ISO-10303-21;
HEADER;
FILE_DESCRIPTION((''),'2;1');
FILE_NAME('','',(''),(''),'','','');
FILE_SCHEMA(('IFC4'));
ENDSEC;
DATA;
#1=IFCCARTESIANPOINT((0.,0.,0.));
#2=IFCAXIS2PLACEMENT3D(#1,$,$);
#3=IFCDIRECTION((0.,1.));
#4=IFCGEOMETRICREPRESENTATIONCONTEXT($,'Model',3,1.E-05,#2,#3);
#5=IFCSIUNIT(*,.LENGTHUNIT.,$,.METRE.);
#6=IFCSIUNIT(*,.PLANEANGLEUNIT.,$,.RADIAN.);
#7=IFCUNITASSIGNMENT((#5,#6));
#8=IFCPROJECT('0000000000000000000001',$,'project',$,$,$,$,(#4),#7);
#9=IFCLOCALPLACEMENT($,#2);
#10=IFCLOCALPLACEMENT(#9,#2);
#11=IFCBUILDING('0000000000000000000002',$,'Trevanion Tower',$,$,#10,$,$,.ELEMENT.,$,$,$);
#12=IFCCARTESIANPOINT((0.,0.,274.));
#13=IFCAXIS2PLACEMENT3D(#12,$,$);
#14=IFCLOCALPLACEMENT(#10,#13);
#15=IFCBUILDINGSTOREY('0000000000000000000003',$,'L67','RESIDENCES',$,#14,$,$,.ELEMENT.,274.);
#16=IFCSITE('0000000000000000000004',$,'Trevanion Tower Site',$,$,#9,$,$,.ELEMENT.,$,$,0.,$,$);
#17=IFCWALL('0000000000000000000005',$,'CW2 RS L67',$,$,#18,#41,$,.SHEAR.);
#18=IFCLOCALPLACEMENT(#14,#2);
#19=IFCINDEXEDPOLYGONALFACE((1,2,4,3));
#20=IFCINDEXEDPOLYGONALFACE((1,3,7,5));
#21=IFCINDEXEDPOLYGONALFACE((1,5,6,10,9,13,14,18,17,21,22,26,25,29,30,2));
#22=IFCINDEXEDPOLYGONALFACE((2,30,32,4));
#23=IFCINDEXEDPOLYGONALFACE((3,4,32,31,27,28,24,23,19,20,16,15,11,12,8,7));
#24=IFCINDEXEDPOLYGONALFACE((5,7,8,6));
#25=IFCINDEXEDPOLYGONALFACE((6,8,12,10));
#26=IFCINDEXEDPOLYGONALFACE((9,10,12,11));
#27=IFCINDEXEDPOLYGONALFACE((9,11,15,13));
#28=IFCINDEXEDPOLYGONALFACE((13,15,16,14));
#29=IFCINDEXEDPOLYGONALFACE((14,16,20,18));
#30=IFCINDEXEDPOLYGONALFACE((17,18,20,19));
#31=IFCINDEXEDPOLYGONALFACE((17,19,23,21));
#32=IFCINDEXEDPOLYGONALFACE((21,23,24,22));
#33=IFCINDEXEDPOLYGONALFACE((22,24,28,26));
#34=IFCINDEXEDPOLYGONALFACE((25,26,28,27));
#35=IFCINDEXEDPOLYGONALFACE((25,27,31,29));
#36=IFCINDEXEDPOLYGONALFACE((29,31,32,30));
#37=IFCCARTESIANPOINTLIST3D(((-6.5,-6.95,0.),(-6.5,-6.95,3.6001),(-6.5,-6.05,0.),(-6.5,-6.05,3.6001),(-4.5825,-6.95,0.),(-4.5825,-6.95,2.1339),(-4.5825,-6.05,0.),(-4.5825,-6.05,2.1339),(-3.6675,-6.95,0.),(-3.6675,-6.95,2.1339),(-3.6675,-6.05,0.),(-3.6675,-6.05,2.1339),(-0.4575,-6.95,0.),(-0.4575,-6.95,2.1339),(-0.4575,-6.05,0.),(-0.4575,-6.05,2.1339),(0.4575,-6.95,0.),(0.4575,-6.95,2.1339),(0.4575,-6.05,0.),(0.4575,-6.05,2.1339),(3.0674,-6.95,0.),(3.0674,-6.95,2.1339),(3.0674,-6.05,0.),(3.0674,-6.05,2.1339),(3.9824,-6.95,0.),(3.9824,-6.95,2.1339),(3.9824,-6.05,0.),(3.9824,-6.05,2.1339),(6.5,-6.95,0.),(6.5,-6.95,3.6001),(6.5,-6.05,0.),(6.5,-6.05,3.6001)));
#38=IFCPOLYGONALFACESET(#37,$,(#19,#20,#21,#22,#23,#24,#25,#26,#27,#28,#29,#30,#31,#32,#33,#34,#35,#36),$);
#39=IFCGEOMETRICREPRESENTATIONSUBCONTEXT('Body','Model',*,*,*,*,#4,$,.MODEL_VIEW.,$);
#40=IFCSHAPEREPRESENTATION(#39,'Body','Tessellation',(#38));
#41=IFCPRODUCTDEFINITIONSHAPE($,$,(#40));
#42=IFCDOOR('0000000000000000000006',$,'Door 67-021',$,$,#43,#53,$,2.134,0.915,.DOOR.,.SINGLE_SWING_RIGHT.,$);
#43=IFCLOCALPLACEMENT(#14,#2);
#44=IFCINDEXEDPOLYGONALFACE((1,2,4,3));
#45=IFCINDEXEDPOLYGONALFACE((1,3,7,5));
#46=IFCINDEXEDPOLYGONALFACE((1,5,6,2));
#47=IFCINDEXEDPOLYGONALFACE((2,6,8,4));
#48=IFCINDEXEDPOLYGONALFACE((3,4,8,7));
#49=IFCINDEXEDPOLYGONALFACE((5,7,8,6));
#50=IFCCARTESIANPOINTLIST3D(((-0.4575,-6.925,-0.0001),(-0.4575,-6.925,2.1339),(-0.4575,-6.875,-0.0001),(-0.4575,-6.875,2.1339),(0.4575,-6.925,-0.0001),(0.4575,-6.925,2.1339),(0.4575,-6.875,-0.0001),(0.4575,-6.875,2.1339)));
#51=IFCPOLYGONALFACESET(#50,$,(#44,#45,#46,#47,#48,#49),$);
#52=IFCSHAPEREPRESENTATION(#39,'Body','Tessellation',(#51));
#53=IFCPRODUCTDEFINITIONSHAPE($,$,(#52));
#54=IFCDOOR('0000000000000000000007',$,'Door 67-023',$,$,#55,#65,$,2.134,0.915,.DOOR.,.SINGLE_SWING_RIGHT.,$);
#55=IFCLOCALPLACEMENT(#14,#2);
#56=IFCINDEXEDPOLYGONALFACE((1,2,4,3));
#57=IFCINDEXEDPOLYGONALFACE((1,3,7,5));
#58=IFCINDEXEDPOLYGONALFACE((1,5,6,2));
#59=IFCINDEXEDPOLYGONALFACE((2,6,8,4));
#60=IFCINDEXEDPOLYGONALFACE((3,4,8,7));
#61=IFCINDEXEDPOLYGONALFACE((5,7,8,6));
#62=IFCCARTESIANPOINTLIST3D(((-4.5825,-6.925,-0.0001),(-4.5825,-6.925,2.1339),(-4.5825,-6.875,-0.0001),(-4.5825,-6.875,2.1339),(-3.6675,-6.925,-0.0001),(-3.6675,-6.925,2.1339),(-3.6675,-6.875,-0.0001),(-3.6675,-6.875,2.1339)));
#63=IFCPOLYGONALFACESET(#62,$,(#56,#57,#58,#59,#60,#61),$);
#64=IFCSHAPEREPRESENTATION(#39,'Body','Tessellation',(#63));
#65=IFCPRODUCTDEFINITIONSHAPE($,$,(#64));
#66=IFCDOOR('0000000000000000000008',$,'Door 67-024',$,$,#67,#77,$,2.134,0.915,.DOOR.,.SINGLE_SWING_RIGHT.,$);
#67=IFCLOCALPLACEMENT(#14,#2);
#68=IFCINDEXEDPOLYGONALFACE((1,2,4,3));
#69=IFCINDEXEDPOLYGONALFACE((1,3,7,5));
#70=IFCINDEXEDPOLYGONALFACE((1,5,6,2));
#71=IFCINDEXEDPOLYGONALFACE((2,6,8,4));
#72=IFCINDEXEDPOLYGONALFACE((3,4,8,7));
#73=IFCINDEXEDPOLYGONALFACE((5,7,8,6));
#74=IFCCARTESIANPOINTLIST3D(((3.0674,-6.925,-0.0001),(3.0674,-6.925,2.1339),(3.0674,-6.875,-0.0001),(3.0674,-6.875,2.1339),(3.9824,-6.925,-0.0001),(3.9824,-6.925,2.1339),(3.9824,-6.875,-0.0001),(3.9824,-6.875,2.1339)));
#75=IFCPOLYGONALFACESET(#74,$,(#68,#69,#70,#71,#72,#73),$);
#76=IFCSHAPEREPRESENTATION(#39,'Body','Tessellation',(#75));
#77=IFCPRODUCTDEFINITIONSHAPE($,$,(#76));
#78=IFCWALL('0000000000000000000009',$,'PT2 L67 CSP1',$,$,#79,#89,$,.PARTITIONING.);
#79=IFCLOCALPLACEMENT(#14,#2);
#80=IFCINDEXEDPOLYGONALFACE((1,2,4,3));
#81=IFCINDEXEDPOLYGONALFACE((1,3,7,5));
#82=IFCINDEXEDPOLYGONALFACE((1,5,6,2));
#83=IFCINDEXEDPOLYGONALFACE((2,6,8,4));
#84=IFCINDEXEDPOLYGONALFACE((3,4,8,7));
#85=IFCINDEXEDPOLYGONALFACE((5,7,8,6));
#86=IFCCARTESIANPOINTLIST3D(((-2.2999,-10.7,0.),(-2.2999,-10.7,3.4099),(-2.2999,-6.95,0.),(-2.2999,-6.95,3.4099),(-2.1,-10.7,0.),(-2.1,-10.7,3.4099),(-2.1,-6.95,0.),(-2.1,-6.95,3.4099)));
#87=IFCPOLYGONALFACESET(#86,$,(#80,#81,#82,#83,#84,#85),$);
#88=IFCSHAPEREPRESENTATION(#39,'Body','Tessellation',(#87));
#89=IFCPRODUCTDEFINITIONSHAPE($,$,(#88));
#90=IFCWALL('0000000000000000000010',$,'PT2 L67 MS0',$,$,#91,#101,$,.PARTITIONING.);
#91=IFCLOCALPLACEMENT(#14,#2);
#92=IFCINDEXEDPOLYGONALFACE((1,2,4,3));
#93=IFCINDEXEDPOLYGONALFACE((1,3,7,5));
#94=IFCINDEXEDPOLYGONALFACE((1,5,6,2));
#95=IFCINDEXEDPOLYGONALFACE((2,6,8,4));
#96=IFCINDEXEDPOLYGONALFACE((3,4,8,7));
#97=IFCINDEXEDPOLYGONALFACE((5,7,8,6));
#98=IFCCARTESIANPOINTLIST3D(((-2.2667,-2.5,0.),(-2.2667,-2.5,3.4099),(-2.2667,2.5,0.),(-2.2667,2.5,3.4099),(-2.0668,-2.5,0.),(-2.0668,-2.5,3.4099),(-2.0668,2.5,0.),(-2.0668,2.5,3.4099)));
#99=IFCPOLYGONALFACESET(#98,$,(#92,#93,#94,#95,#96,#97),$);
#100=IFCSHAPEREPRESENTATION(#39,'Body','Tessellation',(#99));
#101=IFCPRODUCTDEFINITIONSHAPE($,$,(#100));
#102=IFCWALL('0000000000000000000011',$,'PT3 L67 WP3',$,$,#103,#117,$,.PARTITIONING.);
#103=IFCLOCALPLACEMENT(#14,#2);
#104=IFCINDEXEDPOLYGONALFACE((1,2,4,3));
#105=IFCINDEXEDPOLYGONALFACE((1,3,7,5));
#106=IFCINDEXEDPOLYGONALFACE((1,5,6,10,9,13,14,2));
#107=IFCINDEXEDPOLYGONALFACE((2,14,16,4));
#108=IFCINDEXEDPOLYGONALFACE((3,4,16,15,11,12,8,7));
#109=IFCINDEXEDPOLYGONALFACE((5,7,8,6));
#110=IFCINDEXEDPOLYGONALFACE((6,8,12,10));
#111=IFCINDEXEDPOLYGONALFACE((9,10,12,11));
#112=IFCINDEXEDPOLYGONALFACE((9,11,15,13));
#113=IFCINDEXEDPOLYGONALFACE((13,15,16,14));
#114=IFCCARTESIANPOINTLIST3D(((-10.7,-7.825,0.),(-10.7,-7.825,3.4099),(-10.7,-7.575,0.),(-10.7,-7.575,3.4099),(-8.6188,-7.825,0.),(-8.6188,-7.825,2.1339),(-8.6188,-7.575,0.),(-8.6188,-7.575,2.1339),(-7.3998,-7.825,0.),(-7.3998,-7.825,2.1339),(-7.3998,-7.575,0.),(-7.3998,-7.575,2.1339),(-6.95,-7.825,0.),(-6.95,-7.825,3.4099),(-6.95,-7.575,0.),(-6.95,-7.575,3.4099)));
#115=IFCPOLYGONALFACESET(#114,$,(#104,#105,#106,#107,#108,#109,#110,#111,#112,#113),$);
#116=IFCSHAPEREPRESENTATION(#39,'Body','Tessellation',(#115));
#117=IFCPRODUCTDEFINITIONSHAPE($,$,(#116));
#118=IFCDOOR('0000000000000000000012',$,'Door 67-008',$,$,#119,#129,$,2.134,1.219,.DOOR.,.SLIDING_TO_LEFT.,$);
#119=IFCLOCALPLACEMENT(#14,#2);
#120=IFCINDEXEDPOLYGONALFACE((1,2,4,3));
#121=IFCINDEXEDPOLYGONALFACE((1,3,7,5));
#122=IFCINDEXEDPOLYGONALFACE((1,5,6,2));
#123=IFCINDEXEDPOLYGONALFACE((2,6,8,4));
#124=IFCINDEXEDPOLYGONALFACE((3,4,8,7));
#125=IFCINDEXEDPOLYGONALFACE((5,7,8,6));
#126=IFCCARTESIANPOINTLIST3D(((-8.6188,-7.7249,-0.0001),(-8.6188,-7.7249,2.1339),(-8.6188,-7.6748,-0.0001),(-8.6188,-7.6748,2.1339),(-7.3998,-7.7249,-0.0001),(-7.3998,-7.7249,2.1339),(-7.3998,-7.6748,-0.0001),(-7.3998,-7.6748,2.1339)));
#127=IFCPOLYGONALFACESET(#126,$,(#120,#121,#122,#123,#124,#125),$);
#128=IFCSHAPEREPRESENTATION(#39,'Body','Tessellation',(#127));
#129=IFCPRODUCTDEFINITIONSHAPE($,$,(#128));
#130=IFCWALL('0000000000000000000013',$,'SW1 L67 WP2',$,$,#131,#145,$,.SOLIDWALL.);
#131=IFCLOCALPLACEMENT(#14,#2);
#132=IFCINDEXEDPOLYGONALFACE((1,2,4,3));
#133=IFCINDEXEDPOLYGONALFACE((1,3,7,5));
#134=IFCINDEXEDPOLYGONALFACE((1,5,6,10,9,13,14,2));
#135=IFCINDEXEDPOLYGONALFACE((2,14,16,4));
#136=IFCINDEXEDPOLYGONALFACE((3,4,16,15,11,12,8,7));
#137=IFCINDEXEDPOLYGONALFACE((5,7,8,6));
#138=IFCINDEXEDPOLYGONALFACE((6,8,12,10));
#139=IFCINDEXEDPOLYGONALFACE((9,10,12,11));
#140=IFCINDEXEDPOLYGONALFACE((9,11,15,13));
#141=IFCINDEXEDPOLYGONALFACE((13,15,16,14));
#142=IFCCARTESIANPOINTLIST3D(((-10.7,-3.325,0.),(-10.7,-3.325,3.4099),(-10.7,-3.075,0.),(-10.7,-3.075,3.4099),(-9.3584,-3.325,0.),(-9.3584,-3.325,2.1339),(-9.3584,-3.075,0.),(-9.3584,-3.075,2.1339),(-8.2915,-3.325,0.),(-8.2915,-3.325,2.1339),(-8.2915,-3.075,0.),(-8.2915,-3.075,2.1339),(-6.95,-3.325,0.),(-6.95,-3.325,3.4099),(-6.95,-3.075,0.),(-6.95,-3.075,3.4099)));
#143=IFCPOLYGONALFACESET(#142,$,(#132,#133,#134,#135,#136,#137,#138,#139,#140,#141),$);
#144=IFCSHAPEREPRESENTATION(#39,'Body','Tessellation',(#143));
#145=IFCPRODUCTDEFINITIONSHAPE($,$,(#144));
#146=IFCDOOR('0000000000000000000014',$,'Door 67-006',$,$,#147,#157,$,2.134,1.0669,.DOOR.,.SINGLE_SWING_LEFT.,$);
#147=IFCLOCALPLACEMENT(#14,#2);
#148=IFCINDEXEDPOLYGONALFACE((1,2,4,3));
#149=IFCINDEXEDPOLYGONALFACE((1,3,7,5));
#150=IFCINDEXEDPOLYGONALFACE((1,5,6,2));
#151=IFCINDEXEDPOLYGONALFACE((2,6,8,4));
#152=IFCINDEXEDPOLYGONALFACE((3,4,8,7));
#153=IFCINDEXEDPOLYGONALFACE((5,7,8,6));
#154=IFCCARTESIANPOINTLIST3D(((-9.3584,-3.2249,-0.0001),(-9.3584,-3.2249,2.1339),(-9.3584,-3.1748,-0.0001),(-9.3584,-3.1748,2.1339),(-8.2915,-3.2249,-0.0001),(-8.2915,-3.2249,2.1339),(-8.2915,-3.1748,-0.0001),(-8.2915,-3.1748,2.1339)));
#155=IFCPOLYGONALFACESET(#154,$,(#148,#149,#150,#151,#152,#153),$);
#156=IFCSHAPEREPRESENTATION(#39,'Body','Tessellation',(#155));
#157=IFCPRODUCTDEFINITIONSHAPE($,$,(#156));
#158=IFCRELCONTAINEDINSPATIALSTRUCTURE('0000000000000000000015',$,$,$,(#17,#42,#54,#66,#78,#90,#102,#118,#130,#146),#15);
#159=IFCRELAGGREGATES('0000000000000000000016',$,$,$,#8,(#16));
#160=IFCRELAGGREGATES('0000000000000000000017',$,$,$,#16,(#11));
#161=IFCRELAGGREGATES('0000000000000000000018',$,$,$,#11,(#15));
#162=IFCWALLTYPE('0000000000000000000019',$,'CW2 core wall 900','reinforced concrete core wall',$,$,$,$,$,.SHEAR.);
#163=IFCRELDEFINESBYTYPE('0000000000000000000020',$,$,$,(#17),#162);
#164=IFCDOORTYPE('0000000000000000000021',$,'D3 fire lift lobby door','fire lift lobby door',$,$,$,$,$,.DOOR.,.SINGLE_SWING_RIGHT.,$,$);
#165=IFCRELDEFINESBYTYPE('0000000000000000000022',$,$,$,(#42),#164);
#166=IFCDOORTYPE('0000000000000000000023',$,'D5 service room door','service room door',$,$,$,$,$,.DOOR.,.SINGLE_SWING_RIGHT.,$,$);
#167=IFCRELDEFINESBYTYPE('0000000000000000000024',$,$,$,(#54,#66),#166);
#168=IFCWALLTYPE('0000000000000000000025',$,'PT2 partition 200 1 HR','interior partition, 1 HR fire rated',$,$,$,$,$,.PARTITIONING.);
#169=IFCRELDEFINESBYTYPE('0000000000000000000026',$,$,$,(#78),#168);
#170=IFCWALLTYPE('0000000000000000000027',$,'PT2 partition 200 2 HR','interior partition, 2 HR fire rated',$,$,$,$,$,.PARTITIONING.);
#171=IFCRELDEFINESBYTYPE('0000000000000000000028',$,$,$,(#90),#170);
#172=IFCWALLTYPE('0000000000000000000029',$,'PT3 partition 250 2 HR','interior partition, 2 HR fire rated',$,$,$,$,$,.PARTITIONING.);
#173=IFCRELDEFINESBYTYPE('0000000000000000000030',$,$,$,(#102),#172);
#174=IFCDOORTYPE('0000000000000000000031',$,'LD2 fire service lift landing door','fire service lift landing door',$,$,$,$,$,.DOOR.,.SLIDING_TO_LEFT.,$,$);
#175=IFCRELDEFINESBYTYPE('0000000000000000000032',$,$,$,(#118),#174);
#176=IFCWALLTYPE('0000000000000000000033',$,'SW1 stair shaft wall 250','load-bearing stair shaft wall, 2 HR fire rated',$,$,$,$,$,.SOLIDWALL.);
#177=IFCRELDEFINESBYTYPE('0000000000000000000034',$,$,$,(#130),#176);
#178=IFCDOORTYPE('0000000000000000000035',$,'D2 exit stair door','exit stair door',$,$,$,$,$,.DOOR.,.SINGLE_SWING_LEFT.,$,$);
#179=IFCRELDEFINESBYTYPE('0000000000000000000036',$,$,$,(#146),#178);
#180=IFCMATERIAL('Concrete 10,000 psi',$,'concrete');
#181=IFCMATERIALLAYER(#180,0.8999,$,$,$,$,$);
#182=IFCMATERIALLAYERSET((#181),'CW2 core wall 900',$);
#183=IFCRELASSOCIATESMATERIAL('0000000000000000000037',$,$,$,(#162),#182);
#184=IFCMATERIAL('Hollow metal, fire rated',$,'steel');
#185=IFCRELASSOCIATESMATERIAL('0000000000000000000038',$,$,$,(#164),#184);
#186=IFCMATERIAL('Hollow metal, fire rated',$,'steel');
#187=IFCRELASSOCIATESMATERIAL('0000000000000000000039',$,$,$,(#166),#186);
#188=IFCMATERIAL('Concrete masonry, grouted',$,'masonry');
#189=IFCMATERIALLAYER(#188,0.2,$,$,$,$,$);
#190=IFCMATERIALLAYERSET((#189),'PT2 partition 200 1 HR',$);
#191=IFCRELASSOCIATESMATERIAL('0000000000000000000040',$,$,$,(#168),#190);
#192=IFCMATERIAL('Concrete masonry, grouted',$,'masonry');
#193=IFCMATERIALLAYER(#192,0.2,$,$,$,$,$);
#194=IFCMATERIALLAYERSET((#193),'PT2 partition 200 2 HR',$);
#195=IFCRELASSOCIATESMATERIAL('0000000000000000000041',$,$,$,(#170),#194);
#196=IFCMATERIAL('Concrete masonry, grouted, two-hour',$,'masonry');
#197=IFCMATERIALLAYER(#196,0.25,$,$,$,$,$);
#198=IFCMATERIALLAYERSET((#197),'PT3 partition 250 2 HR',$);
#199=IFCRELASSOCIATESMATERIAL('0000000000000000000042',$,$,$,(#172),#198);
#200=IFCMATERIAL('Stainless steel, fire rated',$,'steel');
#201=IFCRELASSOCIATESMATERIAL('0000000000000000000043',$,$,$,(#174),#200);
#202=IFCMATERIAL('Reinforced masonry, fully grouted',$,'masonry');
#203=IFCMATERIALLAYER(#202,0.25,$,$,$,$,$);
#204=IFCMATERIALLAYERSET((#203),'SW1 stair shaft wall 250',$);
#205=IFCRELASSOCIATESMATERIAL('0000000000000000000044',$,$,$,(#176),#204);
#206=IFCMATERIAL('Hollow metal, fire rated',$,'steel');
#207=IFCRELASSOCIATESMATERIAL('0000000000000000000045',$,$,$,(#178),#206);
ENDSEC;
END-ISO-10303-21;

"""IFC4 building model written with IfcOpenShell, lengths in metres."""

from ifc_helpers import new_model, si_unit, direction, frame, frame_2d, origin, place, context, subcontext, project, spatial, rectangle, extrude, material, layer, layer_set, type_object, element, fill, save


model = new_model("IFC4")

# Units and contexts
model_context = context("Model", 3, precision=1e-05, world=origin(), true_north=direction((0.0, 1.0)))
body_context = subcontext(model_context, "Body", "Model", "MODEL_VIEW")
ifc_project = project(units=[si_unit("LENGTHUNIT", "METRE"), si_unit("PLANEANGLEUNIT", "RADIAN")], contexts=[model_context])

# Site, building, storey
site_placement = place(None, origin())
site = spatial("IfcSite", under=ifc_project, at=site_placement, Name="Trevanion Tower Site", CompositionType="ELEMENT", RefElevation=0.0)
building_placement = place(site_placement, origin())
building = spatial("IfcBuilding", under=site, at=building_placement, Name="Trevanion Tower", CompositionType="ELEMENT")
storey_placement = place(building_placement, frame((0.0, 0.0, 274.0)))
storey = spatial("IfcBuildingStorey", under=building, at=storey_placement, Name="L67", Description="RESIDENCES", CompositionType="ELEMENT", Elevation=274.0)

# Shared definitions
ifc_material_1 = material(Name="Concrete 10,000 psi", Category="concrete")
ifc_layer_1 = layer(ifc_material_1, 0.8999)
ifc_layer_set_1 = layer_set([ifc_layer_1], Name="CW2 core wall 900")
wall_type_1 = type_object("IfcWallType", Name="CW2 core wall 900", Description="reinforced concrete core wall", PredefinedType="SHEAR", material=ifc_layer_set_1)

# Wall, openings, doors
wall_1_placement = place(storey_placement, frame((-6.5, -6.5, 0.0), z_axis=(0.0, 0.0, 1.0), x_axis=(1.0, 0.0, 0.0)))
wall_1 = element("IfcWall", 1, at=wall_1_placement, inside=storey, type_object=wall_type_1, Name="CW2 RS L67", PredefinedType="SHEAR", context=body_context, shape_type="SweptSolid", body=[
    extrude(rectangle(XDim=13.0, YDim=0.8999, at=frame_2d((6.5, 0.0))), origin(), (0.0, 0.0, 1.0), 3.6001),
])
opening_1_placement = place(wall_1_placement, frame((6.0425, 0.0, 0.0)))
opening_1 = element("IfcOpeningElement", 2, at=opening_1_placement, cuts=wall_1, PredefinedType="OPENING", context=body_context, shape_type="SweptSolid", body=[
    extrude(rectangle(XDim=0.915, YDim=2.134, at=frame_2d((0.4575, 1.0669))), frame((0.0, 0.46, 0.0), z_axis=(0.0, -1.0, 0.0), x_axis=(1.0, 0.0, 0.0)), (0.0, 0.0, 1.0), 0.9199),
])
opening_2_placement = place(wall_1_placement, frame((1.9175, 0.0, 0.0)))
opening_2 = element("IfcOpeningElement", 3, at=opening_2_placement, cuts=wall_1, PredefinedType="OPENING", context=body_context, shape_type="SweptSolid", body=[
    extrude(rectangle(XDim=0.915, YDim=2.134, at=frame_2d((0.4575, 1.0669))), frame((0.0, 0.46, 0.0), z_axis=(0.0, -1.0, 0.0), x_axis=(1.0, 0.0, 0.0)), (0.0, 0.0, 1.0), 0.9199),
])
opening_3_placement = place(wall_1_placement, frame((9.5674, 0.0, 0.0)))
opening_3 = element("IfcOpeningElement", 4, at=opening_3_placement, cuts=wall_1, PredefinedType="OPENING", context=body_context, shape_type="SweptSolid", body=[
    extrude(rectangle(XDim=0.915, YDim=2.134, at=frame_2d((0.4575, 1.0669))), frame((0.0, 0.46, 0.0), z_axis=(0.0, -1.0, 0.0), x_axis=(1.0, 0.0, 0.0)), (0.0, 0.0, 1.0), 0.9199),
])
ifc_material_2 = material(Name="Hollow metal, fire rated", Category="steel")
door_type_1 = type_object("IfcDoorType", Name="D3 fire lift lobby door", Description="fire lift lobby door", OperationType="SINGLE_SWING_RIGHT", PredefinedType="DOOR", material=ifc_material_2)
door_1_placement = place(opening_1_placement, origin())
door_1 = element("IfcDoor", 5, at=door_1_placement, inside=storey, type_object=door_type_1, Name="Door 67-021", OperationType="SINGLE_SWING_RIGHT", OverallHeight=2.134, OverallWidth=0.915, PredefinedType="DOOR", context=body_context, shape_type="SweptSolid", body=[
    extrude(rectangle(XDim=0.915, YDim=2.134, at=frame_2d((0.4575, 1.0669))), frame((0.0, -0.375, 0.0), z_axis=(0.0, -1.0, 0.0), x_axis=(1.0, 0.0, 0.0)), (0.0, 0.0, 1.0), 0.05),
])
fill(opening_1, door_1)
ifc_material_3 = material(Name="Hollow metal, fire rated", Category="steel")
door_type_2 = type_object("IfcDoorType", Name="D5 service room door", Description="service room door", OperationType="SINGLE_SWING_RIGHT", PredefinedType="DOOR", material=ifc_material_3)
door_2_placement = place(opening_2_placement, origin())
door_2 = element("IfcDoor", 6, at=door_2_placement, inside=storey, type_object=door_type_2, Name="Door 67-023", OperationType="SINGLE_SWING_RIGHT", OverallHeight=2.134, OverallWidth=0.915, PredefinedType="DOOR", context=body_context, shape_type="SweptSolid", body=[
    extrude(rectangle(XDim=0.915, YDim=2.134, at=frame_2d((0.4575, 1.0669))), frame((0.0, -0.375, 0.0), z_axis=(0.0, -1.0, 0.0), x_axis=(1.0, 0.0, 0.0)), (0.0, 0.0, 1.0), 0.05),
])
fill(opening_2, door_2)
door_3_placement = place(opening_3_placement, origin())
door_3 = element("IfcDoor", 7, at=door_3_placement, inside=storey, type_object=door_type_2, Name="Door 67-024", OperationType="SINGLE_SWING_RIGHT", OverallHeight=2.134, OverallWidth=0.915, PredefinedType="DOOR", context=body_context, shape_type="SweptSolid", body=[
    extrude(rectangle(XDim=0.915, YDim=2.134, at=frame_2d((0.4575, 1.0669))), frame((0.0, -0.375, 0.0), z_axis=(0.0, -1.0, 0.0), x_axis=(1.0, 0.0, 0.0)), (0.0, 0.0, 1.0), 0.05),
])
fill(opening_3, door_3)

# Walls
ifc_material_4 = material(Name="Concrete masonry, grouted", Category="masonry")
ifc_layer_2 = layer(ifc_material_4, 0.2)
ifc_layer_set_2 = layer_set([ifc_layer_2], Name="PT2 partition 200 1 HR")
wall_type_2 = type_object("IfcWallType", Name="PT2 partition 200 1 HR", Description="interior partition, 1 HR fire rated", PredefinedType="PARTITIONING", material=ifc_layer_set_2)
wall_2_placement = place(storey_placement, frame((-2.2, -6.95, 0.0), z_axis=(0.0, 0.0, 1.0), x_axis=(0.0, -1.0, 0.0)))
element("IfcWall", 8, at=wall_2_placement, inside=storey, type_object=wall_type_2, Name="PT2 L67 CSP1", PredefinedType="PARTITIONING", context=body_context, shape_type="SweptSolid", body=[
    extrude(rectangle(XDim=3.75, YDim=0.2, at=frame_2d((1.875, 0.0))), origin(), (0.0, 0.0, 1.0), 3.4099),
])
ifc_material_5 = material(Name="Concrete masonry, grouted", Category="masonry")
ifc_layer_3 = layer(ifc_material_5, 0.2)
ifc_layer_set_3 = layer_set([ifc_layer_3], Name="PT2 partition 200 2 HR")
wall_type_3 = type_object("IfcWallType", Name="PT2 partition 200 2 HR", Description="interior partition, 2 HR fire rated", PredefinedType="PARTITIONING", material=ifc_layer_set_3)
wall_3_placement = place(storey_placement, frame((-2.1667, -2.5, 0.0), z_axis=(0.0, 0.0, 1.0), x_axis=(0.0, 1.0, 0.0)))
element("IfcWall", 9, at=wall_3_placement, inside=storey, type_object=wall_type_3, Name="PT2 L67 MS0", PredefinedType="PARTITIONING", context=body_context, shape_type="SweptSolid", body=[
    extrude(rectangle(XDim=5.0, YDim=0.2, at=frame_2d((2.5, 0.0))), origin(), (0.0, 0.0, 1.0), 3.4099),
])

# Walls, openings, doors
ifc_material_6 = material(Name="Concrete masonry, grouted, two-hour", Category="masonry")
ifc_layer_4 = layer(ifc_material_6, 0.25)
ifc_layer_set_4 = layer_set([ifc_layer_4], Name="PT3 partition 250 2 HR")
wall_type_4 = type_object("IfcWallType", Name="PT3 partition 250 2 HR", Description="interior partition, 2 HR fire rated", PredefinedType="PARTITIONING", material=ifc_layer_set_4)
wall_4_placement = place(storey_placement, frame((-6.95, -7.7, 0.0), z_axis=(0.0, 0.0, 1.0), x_axis=(-1.0, 0.0, 0.0)))
wall_4 = element("IfcWall", 10, at=wall_4_placement, inside=storey, type_object=wall_type_4, Name="PT3 L67 WP3", PredefinedType="PARTITIONING", context=body_context, shape_type="SweptSolid", body=[
    extrude(rectangle(XDim=3.75, YDim=0.25, at=frame_2d((1.875, 0.0))), origin(), (0.0, 0.0, 1.0), 3.4099),
])
opening_4_placement = place(wall_4_placement, frame((0.45, 0.0, 0.0)))
opening_4 = element("IfcOpeningElement", 11, at=opening_4_placement, cuts=wall_4, PredefinedType="OPENING", context=body_context, shape_type="SweptSolid", body=[
    extrude(rectangle(XDim=1.219, YDim=2.134, at=frame_2d((0.6094, 1.0669))), frame((0.0, 0.135, 0.0), z_axis=(0.0, -1.0, 0.0), x_axis=(1.0, 0.0, 0.0)), (0.0, 0.0, 1.0), 0.27),
])
ifc_material_7 = material(Name="Stainless steel, fire rated", Category="steel")
door_type_3 = type_object("IfcDoorType", Name="LD2 fire service lift landing door", Description="fire service lift landing door", OperationType="SLIDING_TO_LEFT", PredefinedType="DOOR", material=ifc_material_7)
door_4_placement = place(opening_4_placement, origin())
door_4 = element("IfcDoor", 12, at=door_4_placement, inside=storey, type_object=door_type_3, Name="Door 67-008", OperationType="SLIDING_TO_LEFT", OverallHeight=2.134, OverallWidth=1.219, PredefinedType="DOOR", context=body_context, shape_type="SweptSolid", body=[
    extrude(rectangle(XDim=1.219, YDim=2.134, at=frame_2d((0.6094, 1.0669))), frame((0.0, 0.0249, 0.0), z_axis=(0.0, -1.0, 0.0), x_axis=(1.0, 0.0, 0.0)), (0.0, 0.0, 1.0), 0.05),
])
fill(opening_4, door_4)
ifc_material_8 = material(Name="Reinforced masonry, fully grouted", Category="masonry")
ifc_layer_5 = layer(ifc_material_8, 0.25)
ifc_layer_set_5 = layer_set([ifc_layer_5], Name="SW1 stair shaft wall 250")
wall_type_5 = type_object("IfcWallType", Name="SW1 stair shaft wall 250", Description="load-bearing stair shaft wall, 2 HR fire rated", PredefinedType="SOLIDWALL", material=ifc_layer_set_5)
wall_5_placement = place(storey_placement, frame((-6.95, -3.2, 0.0), z_axis=(0.0, 0.0, 1.0), x_axis=(-1.0, 0.0, 0.0)))
wall_5 = element("IfcWall", 13, at=wall_5_placement, inside=storey, type_object=wall_type_5, Name="SW1 L67 WP2", PredefinedType="SOLIDWALL", context=body_context, shape_type="SweptSolid", body=[
    extrude(rectangle(XDim=3.75, YDim=0.25, at=frame_2d((1.875, 0.0))), origin(), (0.0, 0.0, 1.0), 3.4099),
])
opening_5_placement = place(wall_5_placement, frame((1.3416, 0.0, 0.0)))
opening_5 = element("IfcOpeningElement", 14, at=opening_5_placement, cuts=wall_5, PredefinedType="OPENING", context=body_context, shape_type="SweptSolid", body=[
    extrude(rectangle(XDim=1.0669, YDim=2.134, at=frame_2d((0.5334, 1.0669))), frame((0.0, 0.135, 0.0), z_axis=(0.0, -1.0, 0.0), x_axis=(1.0, 0.0, 0.0)), (0.0, 0.0, 1.0), 0.27),
])
ifc_material_9 = material(Name="Hollow metal, fire rated", Category="steel")
door_type_4 = type_object("IfcDoorType", Name="D2 exit stair door", Description="exit stair door", OperationType="SINGLE_SWING_LEFT", PredefinedType="DOOR", material=ifc_material_9)
door_5_placement = place(opening_5_placement, origin())
door_5 = element("IfcDoor", 15, at=door_5_placement, inside=storey, type_object=door_type_4, Name="Door 67-006", OperationType="SINGLE_SWING_LEFT", OverallHeight=2.134, OverallWidth=1.0669, PredefinedType="DOOR", context=body_context, shape_type="SweptSolid", body=[
    extrude(rectangle(XDim=1.0669, YDim=2.134, at=frame_2d((0.5334, 1.0669))), frame((0.0, 0.0249, 0.0), z_axis=(0.0, -1.0, 0.0), x_axis=(1.0, 0.0, 0.0)), (0.0, 0.0, 1.0), 0.05),
])
fill(opening_5, door_5)

save(model, "model.ifc")
